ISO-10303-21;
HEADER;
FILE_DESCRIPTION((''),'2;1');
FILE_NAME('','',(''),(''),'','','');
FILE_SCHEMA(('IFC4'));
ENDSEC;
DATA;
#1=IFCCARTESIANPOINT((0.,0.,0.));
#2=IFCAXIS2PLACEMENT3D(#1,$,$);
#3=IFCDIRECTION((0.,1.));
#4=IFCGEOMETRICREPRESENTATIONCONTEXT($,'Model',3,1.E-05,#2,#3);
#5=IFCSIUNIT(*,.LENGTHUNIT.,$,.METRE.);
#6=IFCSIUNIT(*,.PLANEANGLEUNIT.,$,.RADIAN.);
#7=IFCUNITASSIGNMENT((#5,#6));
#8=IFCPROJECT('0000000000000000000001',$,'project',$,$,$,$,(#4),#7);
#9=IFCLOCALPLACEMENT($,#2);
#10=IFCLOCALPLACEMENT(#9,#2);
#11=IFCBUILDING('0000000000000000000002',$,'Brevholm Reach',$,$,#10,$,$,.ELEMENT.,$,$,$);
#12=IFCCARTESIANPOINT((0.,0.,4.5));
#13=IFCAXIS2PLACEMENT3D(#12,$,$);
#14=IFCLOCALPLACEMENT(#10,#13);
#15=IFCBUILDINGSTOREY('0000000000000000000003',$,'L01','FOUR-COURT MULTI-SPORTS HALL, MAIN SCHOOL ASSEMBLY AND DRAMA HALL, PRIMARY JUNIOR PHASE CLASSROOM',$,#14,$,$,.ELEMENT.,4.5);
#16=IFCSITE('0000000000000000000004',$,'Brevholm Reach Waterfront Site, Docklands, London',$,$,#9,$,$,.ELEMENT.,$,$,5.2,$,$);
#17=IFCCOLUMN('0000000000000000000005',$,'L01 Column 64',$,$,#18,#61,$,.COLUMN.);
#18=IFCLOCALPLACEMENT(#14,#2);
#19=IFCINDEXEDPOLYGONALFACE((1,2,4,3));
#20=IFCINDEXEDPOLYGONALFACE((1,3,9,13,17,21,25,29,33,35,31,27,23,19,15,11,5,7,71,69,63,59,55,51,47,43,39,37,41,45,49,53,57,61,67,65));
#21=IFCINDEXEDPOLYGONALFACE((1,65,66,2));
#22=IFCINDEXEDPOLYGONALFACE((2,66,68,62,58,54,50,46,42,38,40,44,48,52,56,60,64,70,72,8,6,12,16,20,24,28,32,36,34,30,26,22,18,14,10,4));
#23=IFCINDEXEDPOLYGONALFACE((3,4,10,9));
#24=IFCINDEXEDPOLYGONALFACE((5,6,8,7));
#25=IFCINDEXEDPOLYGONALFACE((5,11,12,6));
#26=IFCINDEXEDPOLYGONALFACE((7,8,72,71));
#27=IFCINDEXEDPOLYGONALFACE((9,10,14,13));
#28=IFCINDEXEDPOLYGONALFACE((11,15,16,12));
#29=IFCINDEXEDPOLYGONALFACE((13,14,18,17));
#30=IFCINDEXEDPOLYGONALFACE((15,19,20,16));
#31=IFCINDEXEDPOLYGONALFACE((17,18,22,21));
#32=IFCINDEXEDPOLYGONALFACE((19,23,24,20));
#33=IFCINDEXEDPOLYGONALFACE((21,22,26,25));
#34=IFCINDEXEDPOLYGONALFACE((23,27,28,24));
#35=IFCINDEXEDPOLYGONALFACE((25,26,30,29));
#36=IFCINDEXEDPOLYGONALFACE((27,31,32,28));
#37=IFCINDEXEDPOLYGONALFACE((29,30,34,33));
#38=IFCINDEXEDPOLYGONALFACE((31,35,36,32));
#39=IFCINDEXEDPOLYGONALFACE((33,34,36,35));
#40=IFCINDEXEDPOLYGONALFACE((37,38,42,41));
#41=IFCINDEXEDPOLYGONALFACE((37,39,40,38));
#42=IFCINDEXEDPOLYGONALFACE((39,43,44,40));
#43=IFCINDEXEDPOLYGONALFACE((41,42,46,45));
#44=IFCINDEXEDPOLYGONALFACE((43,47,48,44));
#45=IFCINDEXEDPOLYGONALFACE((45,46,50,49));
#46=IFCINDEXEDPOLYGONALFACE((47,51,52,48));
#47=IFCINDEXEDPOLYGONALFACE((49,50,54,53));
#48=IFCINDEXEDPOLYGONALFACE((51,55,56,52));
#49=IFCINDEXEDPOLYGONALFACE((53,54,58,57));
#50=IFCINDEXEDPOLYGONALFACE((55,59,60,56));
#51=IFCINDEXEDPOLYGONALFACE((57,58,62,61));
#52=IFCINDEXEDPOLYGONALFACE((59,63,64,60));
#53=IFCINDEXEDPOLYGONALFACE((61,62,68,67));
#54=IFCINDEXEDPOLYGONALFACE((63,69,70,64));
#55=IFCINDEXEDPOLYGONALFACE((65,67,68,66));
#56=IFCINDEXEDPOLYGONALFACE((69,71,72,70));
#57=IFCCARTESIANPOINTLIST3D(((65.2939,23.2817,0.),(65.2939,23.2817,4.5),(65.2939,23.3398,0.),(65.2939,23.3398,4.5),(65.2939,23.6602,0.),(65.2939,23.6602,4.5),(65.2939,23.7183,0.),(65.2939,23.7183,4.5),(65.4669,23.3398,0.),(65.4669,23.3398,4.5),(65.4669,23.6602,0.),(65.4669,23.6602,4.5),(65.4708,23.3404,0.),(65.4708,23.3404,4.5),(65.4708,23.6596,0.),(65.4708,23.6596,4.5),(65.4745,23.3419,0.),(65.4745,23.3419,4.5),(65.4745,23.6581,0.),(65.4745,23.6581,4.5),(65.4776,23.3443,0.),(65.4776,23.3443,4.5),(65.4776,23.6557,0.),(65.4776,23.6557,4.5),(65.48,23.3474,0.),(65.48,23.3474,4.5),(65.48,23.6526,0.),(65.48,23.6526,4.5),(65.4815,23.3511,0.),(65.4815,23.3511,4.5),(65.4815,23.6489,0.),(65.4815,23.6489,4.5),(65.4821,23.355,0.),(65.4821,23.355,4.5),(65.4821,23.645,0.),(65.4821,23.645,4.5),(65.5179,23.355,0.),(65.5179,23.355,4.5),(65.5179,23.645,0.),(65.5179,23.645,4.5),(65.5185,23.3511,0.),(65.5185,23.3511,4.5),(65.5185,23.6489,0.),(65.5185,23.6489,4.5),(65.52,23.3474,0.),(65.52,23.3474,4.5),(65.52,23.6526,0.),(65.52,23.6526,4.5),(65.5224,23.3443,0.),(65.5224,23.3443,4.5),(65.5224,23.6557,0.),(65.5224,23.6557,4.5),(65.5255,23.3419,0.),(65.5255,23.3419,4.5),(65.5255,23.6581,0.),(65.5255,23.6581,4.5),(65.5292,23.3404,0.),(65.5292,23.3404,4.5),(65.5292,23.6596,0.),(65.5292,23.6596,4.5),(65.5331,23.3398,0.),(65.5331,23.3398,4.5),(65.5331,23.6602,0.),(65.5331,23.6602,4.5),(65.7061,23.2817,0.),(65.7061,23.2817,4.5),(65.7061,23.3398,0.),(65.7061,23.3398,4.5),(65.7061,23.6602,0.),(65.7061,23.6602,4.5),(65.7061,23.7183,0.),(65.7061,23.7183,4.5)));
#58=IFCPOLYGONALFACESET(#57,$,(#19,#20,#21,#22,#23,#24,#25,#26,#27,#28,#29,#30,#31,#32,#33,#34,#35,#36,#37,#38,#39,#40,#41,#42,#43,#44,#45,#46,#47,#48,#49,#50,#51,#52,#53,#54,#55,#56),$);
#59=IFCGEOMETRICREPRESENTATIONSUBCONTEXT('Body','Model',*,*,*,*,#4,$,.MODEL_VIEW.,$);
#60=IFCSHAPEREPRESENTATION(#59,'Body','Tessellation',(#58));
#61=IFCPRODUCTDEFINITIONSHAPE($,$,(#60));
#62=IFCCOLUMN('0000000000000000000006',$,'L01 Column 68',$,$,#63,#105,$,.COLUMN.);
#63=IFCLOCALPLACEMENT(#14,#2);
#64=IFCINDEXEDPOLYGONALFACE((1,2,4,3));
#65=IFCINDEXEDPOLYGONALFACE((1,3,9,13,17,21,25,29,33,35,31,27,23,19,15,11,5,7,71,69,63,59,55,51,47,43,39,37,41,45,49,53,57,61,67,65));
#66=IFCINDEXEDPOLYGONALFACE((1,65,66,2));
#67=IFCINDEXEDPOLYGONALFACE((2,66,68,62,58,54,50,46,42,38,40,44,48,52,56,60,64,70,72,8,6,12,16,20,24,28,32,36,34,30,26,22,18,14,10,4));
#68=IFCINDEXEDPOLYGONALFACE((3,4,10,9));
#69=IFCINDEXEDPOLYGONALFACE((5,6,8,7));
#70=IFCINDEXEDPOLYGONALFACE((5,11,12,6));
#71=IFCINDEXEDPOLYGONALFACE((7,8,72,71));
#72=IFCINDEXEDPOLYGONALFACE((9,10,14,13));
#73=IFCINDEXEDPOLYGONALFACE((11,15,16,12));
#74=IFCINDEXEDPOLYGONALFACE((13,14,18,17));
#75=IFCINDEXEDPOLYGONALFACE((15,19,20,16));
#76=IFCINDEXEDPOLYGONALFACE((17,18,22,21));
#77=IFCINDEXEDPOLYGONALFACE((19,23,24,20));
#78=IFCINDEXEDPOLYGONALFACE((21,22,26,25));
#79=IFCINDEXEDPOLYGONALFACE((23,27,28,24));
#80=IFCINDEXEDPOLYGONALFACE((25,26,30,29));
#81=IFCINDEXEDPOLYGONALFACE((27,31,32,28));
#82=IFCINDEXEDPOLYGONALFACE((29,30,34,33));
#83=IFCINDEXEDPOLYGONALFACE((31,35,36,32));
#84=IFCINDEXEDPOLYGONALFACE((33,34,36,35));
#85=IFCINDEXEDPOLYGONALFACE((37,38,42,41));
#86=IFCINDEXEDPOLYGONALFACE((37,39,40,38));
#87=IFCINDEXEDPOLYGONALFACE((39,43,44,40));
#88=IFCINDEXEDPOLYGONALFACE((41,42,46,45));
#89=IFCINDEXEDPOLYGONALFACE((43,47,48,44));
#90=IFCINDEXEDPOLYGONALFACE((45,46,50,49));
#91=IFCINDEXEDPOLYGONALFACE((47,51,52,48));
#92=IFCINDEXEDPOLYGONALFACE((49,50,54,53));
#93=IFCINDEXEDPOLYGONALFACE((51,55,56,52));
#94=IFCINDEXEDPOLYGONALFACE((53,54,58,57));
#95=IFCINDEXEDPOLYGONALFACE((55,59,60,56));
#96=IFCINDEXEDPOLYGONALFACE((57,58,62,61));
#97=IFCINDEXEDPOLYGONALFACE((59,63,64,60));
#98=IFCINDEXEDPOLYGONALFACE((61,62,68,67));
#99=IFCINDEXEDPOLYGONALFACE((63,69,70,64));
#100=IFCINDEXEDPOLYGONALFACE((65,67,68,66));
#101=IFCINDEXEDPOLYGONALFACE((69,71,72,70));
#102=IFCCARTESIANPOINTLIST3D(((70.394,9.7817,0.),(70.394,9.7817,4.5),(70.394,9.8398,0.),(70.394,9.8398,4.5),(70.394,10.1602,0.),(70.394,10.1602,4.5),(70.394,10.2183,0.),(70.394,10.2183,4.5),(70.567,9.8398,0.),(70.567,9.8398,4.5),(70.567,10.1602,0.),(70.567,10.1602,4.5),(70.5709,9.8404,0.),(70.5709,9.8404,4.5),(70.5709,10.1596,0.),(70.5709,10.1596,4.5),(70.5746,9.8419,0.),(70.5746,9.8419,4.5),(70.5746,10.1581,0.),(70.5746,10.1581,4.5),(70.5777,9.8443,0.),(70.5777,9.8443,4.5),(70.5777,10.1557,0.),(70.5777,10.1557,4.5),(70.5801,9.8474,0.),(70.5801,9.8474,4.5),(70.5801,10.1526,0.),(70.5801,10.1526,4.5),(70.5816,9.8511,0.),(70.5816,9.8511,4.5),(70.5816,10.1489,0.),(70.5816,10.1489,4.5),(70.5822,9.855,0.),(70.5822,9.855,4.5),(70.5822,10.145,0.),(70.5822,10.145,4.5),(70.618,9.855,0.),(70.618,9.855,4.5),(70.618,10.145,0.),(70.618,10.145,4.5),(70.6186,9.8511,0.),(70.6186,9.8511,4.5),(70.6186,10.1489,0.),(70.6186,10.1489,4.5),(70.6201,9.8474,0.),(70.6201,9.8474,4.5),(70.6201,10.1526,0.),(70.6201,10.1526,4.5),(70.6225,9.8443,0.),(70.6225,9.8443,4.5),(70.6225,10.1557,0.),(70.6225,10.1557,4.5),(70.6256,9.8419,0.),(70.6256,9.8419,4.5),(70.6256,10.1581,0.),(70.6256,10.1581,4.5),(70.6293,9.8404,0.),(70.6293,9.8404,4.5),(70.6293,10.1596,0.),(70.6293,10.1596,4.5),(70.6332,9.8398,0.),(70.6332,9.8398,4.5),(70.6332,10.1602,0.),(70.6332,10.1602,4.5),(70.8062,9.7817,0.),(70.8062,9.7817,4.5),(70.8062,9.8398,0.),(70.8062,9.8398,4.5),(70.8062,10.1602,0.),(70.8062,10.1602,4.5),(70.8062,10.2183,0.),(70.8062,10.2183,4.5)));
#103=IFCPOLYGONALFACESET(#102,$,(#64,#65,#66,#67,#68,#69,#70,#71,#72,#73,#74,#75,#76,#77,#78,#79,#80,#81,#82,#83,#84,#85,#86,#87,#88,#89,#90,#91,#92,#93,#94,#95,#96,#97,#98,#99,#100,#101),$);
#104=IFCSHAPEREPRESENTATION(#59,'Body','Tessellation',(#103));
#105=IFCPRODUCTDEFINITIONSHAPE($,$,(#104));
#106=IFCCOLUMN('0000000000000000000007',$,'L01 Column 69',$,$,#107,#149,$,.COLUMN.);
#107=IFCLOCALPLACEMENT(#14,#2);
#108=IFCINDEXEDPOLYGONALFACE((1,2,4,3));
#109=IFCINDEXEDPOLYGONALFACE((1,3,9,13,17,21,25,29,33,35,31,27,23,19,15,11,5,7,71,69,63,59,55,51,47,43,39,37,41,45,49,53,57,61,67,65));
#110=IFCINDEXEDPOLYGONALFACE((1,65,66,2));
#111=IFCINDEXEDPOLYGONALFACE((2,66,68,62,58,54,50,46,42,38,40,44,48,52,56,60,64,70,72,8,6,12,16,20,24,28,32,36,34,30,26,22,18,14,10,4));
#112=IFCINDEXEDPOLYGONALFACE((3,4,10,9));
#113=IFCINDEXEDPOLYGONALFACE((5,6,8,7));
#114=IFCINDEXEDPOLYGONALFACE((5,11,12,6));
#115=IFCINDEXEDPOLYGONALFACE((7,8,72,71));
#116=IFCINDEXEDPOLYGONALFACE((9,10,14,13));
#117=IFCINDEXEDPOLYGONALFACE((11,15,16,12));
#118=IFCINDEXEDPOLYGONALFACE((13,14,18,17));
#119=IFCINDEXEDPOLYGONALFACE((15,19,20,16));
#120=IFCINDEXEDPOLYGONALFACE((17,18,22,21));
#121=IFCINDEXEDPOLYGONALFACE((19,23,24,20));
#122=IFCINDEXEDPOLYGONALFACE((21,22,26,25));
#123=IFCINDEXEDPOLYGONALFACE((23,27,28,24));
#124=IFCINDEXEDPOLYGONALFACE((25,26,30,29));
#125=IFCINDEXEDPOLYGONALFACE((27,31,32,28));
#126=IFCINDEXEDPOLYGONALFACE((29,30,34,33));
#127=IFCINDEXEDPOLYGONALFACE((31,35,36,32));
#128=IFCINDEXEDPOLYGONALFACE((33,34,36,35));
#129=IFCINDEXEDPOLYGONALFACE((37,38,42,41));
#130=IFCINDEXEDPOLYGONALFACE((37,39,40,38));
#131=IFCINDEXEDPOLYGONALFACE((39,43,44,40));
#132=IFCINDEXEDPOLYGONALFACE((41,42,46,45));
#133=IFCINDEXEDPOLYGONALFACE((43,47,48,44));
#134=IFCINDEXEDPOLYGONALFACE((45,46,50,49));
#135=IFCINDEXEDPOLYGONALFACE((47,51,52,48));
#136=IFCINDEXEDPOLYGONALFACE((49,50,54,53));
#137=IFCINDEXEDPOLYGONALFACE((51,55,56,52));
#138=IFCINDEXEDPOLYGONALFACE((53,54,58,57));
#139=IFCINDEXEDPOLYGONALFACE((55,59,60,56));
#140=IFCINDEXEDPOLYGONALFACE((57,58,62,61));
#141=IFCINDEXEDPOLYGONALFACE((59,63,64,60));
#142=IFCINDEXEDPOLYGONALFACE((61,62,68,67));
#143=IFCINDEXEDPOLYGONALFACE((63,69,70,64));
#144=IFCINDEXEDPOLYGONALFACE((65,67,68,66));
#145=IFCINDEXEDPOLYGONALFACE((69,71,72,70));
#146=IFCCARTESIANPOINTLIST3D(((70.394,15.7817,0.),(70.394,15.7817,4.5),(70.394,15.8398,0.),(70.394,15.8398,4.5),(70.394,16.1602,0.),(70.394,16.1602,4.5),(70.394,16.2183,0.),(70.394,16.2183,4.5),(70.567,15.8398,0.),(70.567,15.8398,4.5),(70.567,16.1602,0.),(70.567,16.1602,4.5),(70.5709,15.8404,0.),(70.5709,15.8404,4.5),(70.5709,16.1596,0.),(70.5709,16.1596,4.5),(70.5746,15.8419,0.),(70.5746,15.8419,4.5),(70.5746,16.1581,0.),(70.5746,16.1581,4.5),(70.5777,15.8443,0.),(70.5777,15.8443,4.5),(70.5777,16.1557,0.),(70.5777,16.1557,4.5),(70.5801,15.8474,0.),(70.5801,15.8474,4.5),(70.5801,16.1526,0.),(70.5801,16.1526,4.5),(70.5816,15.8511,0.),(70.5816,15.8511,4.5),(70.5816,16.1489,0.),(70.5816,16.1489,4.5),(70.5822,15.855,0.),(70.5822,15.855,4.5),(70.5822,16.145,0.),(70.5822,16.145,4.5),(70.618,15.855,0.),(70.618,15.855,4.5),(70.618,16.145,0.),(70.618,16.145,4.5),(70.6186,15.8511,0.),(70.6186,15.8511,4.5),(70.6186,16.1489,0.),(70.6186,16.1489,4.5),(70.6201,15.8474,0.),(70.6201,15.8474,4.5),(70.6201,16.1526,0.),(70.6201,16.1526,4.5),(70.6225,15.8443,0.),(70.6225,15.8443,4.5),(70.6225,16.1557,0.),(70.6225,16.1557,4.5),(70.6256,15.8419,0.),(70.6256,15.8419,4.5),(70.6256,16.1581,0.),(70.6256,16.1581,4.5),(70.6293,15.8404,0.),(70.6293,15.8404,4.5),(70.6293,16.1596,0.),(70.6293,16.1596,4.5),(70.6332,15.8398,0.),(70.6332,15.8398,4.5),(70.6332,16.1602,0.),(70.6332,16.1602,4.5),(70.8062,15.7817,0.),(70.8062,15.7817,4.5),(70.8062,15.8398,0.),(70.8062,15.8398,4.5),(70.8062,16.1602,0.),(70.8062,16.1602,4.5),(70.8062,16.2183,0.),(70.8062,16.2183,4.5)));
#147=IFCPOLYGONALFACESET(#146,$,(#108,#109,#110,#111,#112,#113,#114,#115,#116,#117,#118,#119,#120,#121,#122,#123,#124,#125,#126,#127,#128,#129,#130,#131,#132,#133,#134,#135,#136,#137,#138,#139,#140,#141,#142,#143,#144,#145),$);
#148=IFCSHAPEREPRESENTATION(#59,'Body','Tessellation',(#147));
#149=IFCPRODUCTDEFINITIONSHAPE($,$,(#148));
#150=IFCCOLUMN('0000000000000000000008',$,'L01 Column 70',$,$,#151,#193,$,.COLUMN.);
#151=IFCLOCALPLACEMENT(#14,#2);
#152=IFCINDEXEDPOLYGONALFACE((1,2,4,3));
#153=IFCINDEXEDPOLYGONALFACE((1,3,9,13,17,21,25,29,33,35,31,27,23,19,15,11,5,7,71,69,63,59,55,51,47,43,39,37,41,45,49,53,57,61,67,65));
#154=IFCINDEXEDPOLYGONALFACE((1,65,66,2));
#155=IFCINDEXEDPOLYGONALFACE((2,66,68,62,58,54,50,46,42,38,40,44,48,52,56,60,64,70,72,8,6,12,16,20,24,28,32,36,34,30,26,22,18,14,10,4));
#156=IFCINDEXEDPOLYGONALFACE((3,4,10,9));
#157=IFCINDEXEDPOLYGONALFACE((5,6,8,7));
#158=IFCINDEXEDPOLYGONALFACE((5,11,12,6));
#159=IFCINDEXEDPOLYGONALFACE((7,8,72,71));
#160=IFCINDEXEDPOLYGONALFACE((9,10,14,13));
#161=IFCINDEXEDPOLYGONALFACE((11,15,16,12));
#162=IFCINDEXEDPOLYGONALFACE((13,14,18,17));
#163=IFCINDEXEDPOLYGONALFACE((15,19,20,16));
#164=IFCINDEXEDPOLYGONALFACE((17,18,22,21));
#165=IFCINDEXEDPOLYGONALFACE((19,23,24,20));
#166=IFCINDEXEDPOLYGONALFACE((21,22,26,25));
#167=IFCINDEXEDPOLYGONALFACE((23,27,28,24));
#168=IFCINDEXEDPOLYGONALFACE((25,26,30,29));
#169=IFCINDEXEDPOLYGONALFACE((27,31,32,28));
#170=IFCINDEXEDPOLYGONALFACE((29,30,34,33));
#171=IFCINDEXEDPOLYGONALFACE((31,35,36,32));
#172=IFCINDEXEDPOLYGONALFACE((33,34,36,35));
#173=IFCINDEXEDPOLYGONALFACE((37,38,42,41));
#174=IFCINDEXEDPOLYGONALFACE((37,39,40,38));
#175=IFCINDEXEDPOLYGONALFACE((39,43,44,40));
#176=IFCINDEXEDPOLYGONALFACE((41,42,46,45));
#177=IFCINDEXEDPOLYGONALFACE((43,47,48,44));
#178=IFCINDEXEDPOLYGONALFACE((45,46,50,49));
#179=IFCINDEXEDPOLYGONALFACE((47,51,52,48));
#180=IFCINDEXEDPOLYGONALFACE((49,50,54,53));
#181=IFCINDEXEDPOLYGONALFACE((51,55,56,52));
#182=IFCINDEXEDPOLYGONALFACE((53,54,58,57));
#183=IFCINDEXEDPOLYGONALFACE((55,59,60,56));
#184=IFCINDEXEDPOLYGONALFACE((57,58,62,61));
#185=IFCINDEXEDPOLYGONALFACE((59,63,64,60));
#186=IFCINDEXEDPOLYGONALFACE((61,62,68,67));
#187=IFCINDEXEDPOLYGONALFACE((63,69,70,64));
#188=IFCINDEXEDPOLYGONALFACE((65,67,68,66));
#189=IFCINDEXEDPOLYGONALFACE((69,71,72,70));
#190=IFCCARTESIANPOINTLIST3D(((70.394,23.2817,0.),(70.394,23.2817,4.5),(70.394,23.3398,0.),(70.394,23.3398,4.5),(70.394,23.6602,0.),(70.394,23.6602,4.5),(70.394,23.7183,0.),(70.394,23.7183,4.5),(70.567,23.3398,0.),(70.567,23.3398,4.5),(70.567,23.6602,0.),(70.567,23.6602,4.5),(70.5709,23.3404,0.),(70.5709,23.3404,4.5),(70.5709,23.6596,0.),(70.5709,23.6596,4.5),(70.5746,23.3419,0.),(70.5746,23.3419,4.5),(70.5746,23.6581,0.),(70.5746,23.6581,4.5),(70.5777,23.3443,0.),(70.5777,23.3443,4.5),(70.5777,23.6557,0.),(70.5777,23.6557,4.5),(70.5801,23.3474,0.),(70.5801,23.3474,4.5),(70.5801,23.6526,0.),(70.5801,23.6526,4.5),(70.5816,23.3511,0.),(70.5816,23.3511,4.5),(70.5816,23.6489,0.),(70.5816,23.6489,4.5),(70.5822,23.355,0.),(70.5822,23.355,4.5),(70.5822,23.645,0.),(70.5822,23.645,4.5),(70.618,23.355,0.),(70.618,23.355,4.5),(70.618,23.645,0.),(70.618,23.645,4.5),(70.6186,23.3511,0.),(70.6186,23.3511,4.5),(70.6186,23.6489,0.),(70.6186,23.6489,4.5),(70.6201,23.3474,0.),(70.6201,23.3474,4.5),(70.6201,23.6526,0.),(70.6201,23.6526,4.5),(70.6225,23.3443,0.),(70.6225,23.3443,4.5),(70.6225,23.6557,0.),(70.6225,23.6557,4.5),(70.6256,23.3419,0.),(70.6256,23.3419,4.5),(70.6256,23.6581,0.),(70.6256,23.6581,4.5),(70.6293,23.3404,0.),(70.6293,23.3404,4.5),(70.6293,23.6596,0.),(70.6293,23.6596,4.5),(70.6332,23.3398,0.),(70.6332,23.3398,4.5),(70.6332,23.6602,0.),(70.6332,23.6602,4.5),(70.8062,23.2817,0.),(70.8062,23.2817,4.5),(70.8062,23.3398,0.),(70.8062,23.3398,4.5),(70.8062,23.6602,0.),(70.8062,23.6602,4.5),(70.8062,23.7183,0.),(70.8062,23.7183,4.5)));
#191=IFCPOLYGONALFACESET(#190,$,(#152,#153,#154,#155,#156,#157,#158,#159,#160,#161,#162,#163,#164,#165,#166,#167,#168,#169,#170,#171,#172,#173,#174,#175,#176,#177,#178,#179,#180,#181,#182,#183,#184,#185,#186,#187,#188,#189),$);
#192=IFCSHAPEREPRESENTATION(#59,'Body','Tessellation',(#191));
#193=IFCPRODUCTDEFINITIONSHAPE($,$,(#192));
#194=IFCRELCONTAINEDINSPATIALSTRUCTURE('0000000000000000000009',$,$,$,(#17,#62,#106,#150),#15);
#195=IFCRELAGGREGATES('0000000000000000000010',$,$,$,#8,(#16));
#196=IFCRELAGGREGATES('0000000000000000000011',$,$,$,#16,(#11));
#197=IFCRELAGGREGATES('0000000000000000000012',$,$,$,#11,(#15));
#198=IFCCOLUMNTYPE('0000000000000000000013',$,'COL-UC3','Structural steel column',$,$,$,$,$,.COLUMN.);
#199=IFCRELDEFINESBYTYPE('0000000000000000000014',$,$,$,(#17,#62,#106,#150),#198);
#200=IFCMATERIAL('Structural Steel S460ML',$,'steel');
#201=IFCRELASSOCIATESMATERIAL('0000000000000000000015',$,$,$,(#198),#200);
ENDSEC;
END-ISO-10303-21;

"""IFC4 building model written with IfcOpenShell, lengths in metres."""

from ifc_helpers import new_model, si_unit, direction, frame, origin, origin_2d, place, context, subcontext, project, spatial, i_section, extrude, material, material_profile, profile_set, type_object, element, save


model = new_model("IFC4")

# Units and contexts
model_context = context("Model", 3, precision=1e-05, world=origin(), true_north=direction((0.0, 1.0)))
body_context = subcontext(model_context, "Body", "Model", "MODEL_VIEW")
ifc_project = project(units=[si_unit("LENGTHUNIT", "METRE"), si_unit("PLANEANGLEUNIT", "RADIAN")], contexts=[model_context])

# Site, building, storey
site_placement = place(None, origin())
site = spatial("IfcSite", under=ifc_project, at=site_placement, Name="Brevholm Reach Waterfront Site, Docklands, London", CompositionType="ELEMENT", RefElevation=5.2)
building_placement = place(site_placement, origin())
building = spatial("IfcBuilding", under=site, at=building_placement, Name="Brevholm Reach", CompositionType="ELEMENT")
storey_placement = place(building_placement, frame((0.0, 0.0, 4.5)))
storey = spatial("IfcBuildingStorey", under=building, at=storey_placement, Name="L01", Description="FOUR-COURT MULTI-SPORTS HALL, MAIN SCHOOL ASSEMBLY AND DRAMA HALL, PRIMARY JUNIOR PHASE CLASSROOM", CompositionType="ELEMENT", Elevation=4.5)

# Columns
ifc_material_1 = material(Name="Structural Steel S460ML", Category="steel")
ifc_material_profile_1 = material_profile(ifc_material_1, i_section(OverallWidth=0.4121, OverallDepth=0.4365, WebThickness=0.0359, FlangeThickness=0.0581, FilletRadius=0.0151, at=origin_2d()), Name="UKC 356x406x467")
ifc_profile_set_1 = profile_set([ifc_material_profile_1], Name="Structural Steel S460ML")
column_type_1 = type_object("IfcColumnType", Name="COL-UC3", Description="Structural steel column", PredefinedType="COLUMN", material=ifc_profile_set_1)
for number, where, z_axis, x_axis, name in (
    (1, (65.5, 23.5, 0.0), (0.0, 0.0, 1.0), (1.0, 0.0, 0.0), "L01 Column 64"),
    (2, (70.6001, 10.0, 0.0), (0.0, 0.0, 1.0), (1.0, 0.0, 0.0), "L01 Column 68"),
    (3, (70.6001, 16.0, 0.0), (0.0, 0.0, 1.0), (1.0, 0.0, 0.0), "L01 Column 69"),
    (4, (70.6001, 23.5, 0.0), (0.0, 0.0, 1.0), (1.0, 0.0, 0.0), "L01 Column 70"),
):
    element("IfcColumn", number, at=place(storey_placement, frame(where, z_axis=z_axis, x_axis=x_axis)), inside=storey, type_object=column_type_1, Name=name, PredefinedType="COLUMN", context=body_context, shape_type="SweptSolid", body=[
        extrude(i_section(OverallWidth=0.4121, OverallDepth=0.4365, WebThickness=0.0359, FlangeThickness=0.0581, FilletRadius=0.0151, at=origin_2d()), origin(), (0.0, 0.0, 1.0), 4.5),
    ])

save(model, "model.ifc")
